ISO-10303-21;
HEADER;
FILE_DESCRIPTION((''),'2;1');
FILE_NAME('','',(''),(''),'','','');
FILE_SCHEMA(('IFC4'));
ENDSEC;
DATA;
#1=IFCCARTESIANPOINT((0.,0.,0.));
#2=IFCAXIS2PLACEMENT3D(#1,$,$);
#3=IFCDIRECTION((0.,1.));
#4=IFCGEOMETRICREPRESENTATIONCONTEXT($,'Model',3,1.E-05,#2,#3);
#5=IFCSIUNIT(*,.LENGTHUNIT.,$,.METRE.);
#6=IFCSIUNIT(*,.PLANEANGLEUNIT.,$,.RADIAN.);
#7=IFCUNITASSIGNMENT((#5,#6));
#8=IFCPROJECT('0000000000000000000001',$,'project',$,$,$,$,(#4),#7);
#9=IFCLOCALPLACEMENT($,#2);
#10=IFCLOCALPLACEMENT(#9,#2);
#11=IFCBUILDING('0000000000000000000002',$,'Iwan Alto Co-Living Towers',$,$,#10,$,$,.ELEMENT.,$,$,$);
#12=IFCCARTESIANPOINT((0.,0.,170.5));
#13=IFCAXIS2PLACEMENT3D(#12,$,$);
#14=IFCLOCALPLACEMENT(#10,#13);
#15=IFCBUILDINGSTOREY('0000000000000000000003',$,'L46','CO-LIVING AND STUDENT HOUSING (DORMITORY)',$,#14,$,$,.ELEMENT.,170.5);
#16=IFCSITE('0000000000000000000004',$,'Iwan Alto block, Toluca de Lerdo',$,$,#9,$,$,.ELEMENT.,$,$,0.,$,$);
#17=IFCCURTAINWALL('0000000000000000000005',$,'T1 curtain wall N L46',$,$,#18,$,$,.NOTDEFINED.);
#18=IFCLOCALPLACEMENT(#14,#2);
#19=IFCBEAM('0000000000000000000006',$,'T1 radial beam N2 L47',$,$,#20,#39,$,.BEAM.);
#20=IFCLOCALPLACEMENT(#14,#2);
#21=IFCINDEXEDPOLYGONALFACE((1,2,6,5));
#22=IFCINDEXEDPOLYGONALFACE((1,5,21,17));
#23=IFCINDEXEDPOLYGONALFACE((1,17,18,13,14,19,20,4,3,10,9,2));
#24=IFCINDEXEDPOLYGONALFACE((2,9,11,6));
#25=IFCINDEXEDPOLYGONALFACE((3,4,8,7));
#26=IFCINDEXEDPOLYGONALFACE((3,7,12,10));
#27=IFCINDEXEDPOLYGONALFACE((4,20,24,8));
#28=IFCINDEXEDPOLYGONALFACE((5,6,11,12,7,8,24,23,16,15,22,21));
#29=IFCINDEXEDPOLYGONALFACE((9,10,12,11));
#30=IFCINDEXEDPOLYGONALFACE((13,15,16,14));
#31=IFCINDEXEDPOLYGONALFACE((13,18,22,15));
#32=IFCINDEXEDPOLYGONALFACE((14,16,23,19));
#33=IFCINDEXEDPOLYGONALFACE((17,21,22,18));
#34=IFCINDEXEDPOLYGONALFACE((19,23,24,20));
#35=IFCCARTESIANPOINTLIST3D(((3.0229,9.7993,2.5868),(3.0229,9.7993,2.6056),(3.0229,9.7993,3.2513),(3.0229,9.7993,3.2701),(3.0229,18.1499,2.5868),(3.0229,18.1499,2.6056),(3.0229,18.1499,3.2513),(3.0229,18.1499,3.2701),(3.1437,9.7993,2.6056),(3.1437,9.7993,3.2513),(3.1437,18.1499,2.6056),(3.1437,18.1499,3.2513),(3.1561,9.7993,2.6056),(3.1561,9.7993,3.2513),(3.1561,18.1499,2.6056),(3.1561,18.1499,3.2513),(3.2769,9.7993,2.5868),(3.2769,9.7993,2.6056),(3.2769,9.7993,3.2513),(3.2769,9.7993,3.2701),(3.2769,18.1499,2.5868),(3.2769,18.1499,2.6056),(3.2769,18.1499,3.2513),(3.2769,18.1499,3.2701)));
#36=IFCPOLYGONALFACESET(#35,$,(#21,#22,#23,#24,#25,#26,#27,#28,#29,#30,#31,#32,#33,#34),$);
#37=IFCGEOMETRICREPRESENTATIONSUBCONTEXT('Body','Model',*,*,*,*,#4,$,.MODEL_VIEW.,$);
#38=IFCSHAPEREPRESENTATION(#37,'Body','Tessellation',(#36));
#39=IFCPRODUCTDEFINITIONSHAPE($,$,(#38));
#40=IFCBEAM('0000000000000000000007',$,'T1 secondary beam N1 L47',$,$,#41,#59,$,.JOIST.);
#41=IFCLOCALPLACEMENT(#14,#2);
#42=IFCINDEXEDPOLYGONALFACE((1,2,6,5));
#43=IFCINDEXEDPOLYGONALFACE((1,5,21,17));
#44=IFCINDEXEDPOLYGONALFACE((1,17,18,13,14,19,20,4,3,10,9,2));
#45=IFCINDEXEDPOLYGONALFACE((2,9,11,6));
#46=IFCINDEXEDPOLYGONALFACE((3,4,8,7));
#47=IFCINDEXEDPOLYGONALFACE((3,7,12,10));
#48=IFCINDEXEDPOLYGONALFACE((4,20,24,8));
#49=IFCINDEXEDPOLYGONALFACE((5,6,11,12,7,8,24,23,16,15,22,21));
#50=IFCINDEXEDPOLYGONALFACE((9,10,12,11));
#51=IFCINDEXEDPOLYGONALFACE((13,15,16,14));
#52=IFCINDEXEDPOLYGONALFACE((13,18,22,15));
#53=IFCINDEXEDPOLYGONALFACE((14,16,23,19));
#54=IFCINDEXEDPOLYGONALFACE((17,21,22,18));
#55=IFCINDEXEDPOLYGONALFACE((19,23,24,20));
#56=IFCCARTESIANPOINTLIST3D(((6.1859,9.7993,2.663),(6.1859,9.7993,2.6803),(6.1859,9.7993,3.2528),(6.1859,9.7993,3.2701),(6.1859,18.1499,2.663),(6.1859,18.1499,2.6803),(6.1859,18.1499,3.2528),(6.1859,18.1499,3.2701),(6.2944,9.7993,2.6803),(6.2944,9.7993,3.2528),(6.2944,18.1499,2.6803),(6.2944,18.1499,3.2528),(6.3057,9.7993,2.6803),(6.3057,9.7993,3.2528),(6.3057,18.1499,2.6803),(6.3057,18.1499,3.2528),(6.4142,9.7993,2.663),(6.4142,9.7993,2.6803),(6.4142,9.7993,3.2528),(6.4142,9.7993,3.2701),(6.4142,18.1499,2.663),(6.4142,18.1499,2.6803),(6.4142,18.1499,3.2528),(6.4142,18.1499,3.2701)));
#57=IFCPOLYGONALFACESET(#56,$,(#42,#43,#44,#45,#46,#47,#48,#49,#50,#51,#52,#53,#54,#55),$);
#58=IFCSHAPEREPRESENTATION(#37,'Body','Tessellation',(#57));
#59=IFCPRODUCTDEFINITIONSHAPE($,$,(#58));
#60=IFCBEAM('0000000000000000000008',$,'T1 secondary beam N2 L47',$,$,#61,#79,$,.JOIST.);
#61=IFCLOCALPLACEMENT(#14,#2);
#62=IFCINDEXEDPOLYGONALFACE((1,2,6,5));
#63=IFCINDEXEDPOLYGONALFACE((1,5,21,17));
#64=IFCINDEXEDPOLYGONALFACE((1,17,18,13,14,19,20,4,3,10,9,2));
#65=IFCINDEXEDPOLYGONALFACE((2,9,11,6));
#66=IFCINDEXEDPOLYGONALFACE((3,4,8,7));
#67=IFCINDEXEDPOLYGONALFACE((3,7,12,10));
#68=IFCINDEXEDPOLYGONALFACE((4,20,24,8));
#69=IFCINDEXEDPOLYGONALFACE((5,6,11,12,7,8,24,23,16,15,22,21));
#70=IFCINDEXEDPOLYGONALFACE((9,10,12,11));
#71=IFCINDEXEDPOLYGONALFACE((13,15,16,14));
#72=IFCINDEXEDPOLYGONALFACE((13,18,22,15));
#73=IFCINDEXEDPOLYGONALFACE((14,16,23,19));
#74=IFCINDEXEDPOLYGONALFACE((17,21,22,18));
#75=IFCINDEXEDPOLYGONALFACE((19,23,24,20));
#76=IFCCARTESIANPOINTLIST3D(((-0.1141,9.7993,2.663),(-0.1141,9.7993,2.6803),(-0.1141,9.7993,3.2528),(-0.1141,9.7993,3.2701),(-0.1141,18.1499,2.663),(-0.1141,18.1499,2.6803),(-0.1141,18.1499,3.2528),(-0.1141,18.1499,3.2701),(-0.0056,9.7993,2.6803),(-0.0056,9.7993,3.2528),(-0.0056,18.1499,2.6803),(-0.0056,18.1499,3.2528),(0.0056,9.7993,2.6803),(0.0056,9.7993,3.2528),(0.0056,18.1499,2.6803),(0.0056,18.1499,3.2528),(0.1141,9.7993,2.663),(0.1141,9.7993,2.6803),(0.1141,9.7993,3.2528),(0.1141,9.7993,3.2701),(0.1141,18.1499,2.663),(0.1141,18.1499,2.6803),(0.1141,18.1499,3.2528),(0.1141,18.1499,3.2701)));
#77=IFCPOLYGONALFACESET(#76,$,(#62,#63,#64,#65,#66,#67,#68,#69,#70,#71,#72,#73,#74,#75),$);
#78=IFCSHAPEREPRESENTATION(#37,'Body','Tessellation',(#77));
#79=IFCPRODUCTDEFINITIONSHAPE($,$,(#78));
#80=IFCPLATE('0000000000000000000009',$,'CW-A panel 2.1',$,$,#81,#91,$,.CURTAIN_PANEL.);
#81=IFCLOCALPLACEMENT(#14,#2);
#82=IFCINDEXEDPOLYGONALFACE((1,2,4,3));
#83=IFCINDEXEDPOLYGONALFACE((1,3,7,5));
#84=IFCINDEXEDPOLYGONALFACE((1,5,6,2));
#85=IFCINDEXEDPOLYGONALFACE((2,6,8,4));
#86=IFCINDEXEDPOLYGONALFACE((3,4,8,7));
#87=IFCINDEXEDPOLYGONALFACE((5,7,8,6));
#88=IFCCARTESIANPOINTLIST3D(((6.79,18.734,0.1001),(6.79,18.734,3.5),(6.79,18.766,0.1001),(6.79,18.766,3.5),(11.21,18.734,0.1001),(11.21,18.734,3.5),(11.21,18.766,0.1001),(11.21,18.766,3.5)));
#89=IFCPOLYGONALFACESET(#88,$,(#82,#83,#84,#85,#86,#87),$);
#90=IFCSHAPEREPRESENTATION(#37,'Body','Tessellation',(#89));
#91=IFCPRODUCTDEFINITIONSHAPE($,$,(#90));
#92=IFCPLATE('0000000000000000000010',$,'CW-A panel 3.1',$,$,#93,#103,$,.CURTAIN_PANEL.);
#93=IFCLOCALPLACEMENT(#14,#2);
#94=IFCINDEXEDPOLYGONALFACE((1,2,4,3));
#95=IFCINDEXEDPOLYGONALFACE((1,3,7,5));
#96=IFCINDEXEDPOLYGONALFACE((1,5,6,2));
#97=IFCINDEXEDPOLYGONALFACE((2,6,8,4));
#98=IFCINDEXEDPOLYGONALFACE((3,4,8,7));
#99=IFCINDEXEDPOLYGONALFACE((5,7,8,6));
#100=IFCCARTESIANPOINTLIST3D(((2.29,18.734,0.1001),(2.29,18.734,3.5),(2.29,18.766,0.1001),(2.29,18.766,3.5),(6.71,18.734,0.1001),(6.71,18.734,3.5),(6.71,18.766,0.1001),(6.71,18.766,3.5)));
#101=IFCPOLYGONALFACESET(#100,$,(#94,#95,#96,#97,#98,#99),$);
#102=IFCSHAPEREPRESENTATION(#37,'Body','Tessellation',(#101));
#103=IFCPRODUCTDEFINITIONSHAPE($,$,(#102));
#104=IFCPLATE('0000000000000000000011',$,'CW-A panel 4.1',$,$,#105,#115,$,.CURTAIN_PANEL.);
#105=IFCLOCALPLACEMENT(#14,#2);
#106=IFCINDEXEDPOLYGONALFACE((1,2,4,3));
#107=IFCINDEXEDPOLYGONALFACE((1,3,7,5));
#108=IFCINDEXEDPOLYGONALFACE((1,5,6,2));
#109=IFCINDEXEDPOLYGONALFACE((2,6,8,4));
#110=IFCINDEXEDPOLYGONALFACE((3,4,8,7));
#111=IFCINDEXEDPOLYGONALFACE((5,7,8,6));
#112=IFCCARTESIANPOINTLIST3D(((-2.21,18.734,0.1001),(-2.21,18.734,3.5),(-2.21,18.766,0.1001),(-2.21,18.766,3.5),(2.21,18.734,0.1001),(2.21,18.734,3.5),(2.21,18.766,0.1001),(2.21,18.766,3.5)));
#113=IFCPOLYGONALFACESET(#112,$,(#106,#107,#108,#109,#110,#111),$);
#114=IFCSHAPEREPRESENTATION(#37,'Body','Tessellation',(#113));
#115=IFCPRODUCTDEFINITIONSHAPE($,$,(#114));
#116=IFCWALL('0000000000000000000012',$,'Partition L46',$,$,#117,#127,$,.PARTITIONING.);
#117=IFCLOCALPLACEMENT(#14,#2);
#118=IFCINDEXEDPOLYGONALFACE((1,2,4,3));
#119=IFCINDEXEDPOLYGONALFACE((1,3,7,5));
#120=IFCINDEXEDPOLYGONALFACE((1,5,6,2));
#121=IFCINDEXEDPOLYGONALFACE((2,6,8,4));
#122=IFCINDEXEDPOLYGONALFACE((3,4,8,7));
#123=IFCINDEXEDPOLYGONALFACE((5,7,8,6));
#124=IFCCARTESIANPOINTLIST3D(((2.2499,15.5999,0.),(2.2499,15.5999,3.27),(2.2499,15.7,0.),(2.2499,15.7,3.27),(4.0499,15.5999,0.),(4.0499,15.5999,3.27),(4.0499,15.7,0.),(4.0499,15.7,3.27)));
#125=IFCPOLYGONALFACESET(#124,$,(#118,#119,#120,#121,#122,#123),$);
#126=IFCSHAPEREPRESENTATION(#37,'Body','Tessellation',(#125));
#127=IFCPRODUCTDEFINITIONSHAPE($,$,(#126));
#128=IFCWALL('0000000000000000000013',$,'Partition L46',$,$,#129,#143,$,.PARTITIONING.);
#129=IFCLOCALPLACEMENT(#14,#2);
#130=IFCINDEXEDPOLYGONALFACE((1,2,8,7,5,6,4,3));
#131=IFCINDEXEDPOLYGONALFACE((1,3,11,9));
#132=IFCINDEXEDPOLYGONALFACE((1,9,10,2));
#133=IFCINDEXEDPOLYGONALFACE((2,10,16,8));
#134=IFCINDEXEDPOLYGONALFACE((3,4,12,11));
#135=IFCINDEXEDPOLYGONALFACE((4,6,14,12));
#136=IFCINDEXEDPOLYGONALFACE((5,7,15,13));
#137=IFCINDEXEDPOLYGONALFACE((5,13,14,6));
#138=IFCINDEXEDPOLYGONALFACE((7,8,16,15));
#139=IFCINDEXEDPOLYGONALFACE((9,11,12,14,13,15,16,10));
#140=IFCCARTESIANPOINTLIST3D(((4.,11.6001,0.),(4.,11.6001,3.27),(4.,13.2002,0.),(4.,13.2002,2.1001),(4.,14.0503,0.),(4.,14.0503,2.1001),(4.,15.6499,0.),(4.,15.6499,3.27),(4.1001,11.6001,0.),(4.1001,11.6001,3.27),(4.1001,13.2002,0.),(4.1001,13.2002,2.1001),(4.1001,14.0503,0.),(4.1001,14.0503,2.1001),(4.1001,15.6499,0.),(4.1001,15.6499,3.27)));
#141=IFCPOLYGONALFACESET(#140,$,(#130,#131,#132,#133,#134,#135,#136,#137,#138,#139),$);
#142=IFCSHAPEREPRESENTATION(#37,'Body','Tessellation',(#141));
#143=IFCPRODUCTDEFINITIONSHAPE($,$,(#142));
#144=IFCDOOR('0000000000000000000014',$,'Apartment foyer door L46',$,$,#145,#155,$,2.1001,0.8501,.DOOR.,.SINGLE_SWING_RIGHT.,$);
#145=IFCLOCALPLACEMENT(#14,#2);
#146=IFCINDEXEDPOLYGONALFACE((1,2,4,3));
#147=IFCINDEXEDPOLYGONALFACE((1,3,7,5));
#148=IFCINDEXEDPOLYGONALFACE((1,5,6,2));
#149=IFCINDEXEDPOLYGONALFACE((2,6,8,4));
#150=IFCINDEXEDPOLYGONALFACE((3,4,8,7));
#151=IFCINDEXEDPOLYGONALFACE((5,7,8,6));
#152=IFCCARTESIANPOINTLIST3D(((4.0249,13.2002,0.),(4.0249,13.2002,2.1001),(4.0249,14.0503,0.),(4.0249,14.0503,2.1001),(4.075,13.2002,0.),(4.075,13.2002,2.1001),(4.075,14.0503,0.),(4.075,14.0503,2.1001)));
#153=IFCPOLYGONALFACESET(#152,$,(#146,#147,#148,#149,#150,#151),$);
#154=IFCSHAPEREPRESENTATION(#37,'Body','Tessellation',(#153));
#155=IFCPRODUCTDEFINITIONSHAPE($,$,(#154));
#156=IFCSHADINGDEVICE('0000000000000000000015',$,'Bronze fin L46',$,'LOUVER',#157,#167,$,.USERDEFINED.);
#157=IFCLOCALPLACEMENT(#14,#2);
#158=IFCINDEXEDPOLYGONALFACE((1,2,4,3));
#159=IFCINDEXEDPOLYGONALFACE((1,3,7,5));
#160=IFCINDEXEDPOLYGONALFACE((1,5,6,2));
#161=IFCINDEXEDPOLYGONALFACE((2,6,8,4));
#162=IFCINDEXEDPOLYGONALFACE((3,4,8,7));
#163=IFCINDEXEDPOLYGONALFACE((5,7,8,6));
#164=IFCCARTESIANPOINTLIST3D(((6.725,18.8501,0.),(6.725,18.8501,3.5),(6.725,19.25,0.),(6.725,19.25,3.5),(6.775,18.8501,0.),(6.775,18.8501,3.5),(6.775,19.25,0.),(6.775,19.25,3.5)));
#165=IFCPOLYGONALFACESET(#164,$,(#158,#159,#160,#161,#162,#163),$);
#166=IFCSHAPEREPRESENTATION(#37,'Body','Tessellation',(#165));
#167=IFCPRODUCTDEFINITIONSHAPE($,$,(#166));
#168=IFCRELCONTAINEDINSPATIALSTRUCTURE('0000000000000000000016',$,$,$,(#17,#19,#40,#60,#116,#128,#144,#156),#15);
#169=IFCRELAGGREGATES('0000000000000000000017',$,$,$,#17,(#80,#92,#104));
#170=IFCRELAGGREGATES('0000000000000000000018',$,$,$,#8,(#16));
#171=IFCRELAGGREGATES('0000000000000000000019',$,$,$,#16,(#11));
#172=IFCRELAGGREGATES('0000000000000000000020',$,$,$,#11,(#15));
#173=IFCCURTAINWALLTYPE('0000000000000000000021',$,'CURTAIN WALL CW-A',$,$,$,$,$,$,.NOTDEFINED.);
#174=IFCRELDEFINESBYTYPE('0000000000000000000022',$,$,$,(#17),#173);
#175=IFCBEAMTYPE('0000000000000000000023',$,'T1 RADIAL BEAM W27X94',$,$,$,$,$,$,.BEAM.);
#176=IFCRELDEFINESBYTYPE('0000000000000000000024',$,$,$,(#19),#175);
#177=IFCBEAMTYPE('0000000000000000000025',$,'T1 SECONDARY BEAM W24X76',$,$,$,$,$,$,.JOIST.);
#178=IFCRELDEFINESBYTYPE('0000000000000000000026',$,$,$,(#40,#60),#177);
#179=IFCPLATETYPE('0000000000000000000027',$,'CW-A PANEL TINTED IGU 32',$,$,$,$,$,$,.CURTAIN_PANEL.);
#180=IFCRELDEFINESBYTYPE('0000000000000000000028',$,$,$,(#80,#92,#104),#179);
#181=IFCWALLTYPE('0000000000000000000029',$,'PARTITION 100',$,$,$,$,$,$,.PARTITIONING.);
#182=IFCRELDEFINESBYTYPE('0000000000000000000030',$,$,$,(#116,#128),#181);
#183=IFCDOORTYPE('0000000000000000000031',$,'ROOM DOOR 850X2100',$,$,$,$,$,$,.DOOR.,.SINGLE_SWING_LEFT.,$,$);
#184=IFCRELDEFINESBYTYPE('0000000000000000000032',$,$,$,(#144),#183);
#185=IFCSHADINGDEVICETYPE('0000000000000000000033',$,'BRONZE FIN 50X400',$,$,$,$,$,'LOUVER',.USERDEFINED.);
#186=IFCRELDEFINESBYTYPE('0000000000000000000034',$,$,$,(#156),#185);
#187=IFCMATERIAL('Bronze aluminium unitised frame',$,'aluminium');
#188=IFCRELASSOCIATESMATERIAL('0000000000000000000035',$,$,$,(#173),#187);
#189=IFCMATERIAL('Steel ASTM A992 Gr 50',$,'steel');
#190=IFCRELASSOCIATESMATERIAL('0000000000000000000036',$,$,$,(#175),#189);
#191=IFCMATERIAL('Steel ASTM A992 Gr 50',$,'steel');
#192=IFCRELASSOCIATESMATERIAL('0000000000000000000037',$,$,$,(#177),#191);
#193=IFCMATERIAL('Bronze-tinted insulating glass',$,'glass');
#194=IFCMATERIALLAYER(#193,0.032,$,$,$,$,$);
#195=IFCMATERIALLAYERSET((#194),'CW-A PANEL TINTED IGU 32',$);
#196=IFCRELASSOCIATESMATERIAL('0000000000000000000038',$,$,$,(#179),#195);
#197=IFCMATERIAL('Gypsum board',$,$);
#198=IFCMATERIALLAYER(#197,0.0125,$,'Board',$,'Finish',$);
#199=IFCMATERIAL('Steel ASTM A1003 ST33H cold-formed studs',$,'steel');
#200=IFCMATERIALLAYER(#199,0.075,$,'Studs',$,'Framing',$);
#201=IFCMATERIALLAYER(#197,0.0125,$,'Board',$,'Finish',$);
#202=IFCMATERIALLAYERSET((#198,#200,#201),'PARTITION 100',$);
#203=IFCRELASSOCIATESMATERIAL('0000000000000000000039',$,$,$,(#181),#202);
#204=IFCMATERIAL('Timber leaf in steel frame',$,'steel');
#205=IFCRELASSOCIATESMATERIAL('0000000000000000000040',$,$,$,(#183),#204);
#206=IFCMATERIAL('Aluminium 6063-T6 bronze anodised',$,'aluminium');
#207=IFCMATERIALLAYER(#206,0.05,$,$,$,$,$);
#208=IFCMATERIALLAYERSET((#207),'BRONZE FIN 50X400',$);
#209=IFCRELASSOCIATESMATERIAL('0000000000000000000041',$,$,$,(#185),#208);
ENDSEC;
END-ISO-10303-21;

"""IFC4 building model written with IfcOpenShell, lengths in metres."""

from ifc_helpers import new_model, si_unit, direction, frame, frame_2d, origin, origin_2d, place, context, subcontext, project, spatial, rectangle, i_section, extrude, material, layer, layer_set, material_profile, profile_set, type_object, element, fill, aggregate, save


model = new_model("IFC4")

# Units and contexts
model_context = context("Model", 3, precision=1e-05, world=origin(), true_north=direction((0.0, 1.0)))
body_context = subcontext(model_context, "Body", "Model", "MODEL_VIEW")
ifc_project = project(units=[si_unit("LENGTHUNIT", "METRE"), si_unit("PLANEANGLEUNIT", "RADIAN")], contexts=[model_context])

# Site, building, storey
site_placement = place(None, origin())
site = spatial("IfcSite", under=ifc_project, at=site_placement, Name="Iwan Alto block, Toluca de Lerdo", CompositionType="ELEMENT", RefElevation=0.0)
building_placement = place(site_placement, origin())
building = spatial("IfcBuilding", under=site, at=building_placement, Name="Iwan Alto Co-Living Towers", CompositionType="ELEMENT")
storey_placement = place(building_placement, frame((0.0, 0.0, 170.5)))
storey = spatial("IfcBuildingStorey", under=building, at=storey_placement, Name="L46", Description="CO-LIVING AND STUDENT HOUSING (DORMITORY)", CompositionType="ELEMENT", Elevation=170.5)

# Curtain wall
ifc_material_1 = material(Name="Bronze aluminium unitised frame", Category="aluminium")
curtain_wall_type = type_object("IfcCurtainWallType", Name="CURTAIN WALL CW-A", PredefinedType="NOTDEFINED", material=ifc_material_1)
curtain_wall_placement = place(storey_placement, origin())
curtain_wall = element("IfcCurtainWall", 1, at=curtain_wall_placement, inside=storey, type_object=curtain_wall_type, Name="T1 curtain wall N L46", PredefinedType="NOTDEFINED")

# Beams
ifc_material_2 = material(Name="Steel ASTM A992 Gr 50", Category="steel")
ifc_material_profile_1 = material_profile(ifc_material_2, i_section(OverallWidth=0.2539, OverallDepth=0.6833, WebThickness=0.0125, FlangeThickness=0.0188, at=origin_2d()), Name="W27X94")
ifc_profile_set_1 = profile_set([ifc_material_profile_1], Name="Steel ASTM A992 Gr 50")
beam_type_1 = type_object("IfcBeamType", Name="T1 RADIAL BEAM W27X94", PredefinedType="BEAM", material=ifc_profile_set_1)
for number, where, z_axis, x_axis, name in (
    (2, (3.1499, 18.1499, 2.9285), (0.0, -1.0, 0.0), (1.0, 0.0, 0.0), "T1 radial beam N2 L47"),
):
    element("IfcBeam", number, at=place(storey_placement, frame(where, z_axis=z_axis, x_axis=x_axis)), inside=storey, type_object=beam_type_1, Name=name, PredefinedType="BEAM", context=body_context, shape_type="SweptSolid", body=[
        extrude(i_section(OverallWidth=0.2539, OverallDepth=0.6833, WebThickness=0.0125, FlangeThickness=0.0188, at=origin_2d()), origin(), (0.0, 0.0, 1.0), 8.3506),
    ])
ifc_material_3 = material(Name="Steel ASTM A992 Gr 50", Category="steel")
ifc_material_profile_2 = material_profile(ifc_material_3, i_section(OverallWidth=0.2283, OverallDepth=0.6072, WebThickness=0.0112, FlangeThickness=0.0173, at=origin_2d()), Name="W24X76")
ifc_profile_set_2 = profile_set([ifc_material_profile_2], Name="Steel ASTM A992 Gr 50")
beam_type_2 = type_object("IfcBeamType", Name="T1 SECONDARY BEAM W24X76", PredefinedType="JOIST", material=ifc_profile_set_2)
for number, where, z_axis, x_axis, name in (
    (3, (6.3, 18.1499, 2.9666), (0.0, -1.0, 0.0), (1.0, 0.0, 0.0), "T1 secondary beam N1 L47"),
    (4, (0.0, 18.1499, 2.9666), (0.0, -1.0, 0.0), (1.0, 0.0, 0.0), "T1 secondary beam N2 L47"),
):
    element("IfcBeam", number, at=place(storey_placement, frame(where, z_axis=z_axis, x_axis=x_axis)), inside=storey, type_object=beam_type_2, Name=name, PredefinedType="JOIST", context=body_context, shape_type="SweptSolid", body=[
        extrude(i_section(OverallWidth=0.2283, OverallDepth=0.6072, WebThickness=0.0112, FlangeThickness=0.0173, at=origin_2d()), origin(), (0.0, 0.0, 1.0), 8.3506),
    ])

# Plates
ifc_material_4 = material(Name="Bronze-tinted insulating glass", Category="glass")
ifc_layer_1 = layer(ifc_material_4, 0.032)
ifc_layer_set_1 = layer_set([ifc_layer_1], Name="CW-A PANEL TINTED IGU 32")
plate_type = type_object("IfcPlateType", Name="CW-A PANEL TINTED IGU 32", PredefinedType="CURTAIN_PANEL", material=ifc_layer_set_1)
plate_1_placement = place(storey_placement, frame((9.0, 18.75, 0.1001), z_axis=(0.0, 0.0, 1.0), x_axis=(-1.0, 0.0, 0.0)))
plate_1 = element("IfcPlate", 5, at=plate_1_placement, type_object=plate_type, Name="CW-A panel 2.1", PredefinedType="CURTAIN_PANEL", context=body_context, shape_type="SweptSolid", body=[
    extrude(rectangle(XDim=4.4199, YDim=0.032, at=origin_2d()), origin(), (0.0, 0.0, 1.0), 3.3999),
])
plate_2_placement = place(storey_placement, frame((4.5, 18.75, 0.1001), z_axis=(0.0, 0.0, 1.0), x_axis=(-1.0, 0.0, 0.0)))
plate_2 = element("IfcPlate", 6, at=plate_2_placement, type_object=plate_type, Name="CW-A panel 3.1", PredefinedType="CURTAIN_PANEL", context=body_context, shape_type="SweptSolid", body=[
    extrude(rectangle(XDim=4.4199, YDim=0.032, at=origin_2d()), origin(), (0.0, 0.0, 1.0), 3.3999),
])
plate_3_placement = place(storey_placement, frame((0.0, 18.75, 0.1001), z_axis=(0.0, 0.0, 1.0), x_axis=(-1.0, 0.0, 0.0)))
plate_3 = element("IfcPlate", 7, at=plate_3_placement, type_object=plate_type, Name="CW-A panel 4.1", PredefinedType="CURTAIN_PANEL", context=body_context, shape_type="SweptSolid", body=[
    extrude(rectangle(XDim=4.4199, YDim=0.032, at=origin_2d()), origin(), (0.0, 0.0, 1.0), 3.3999),
])
aggregate(curtain_wall, [plate_1, plate_2, plate_3])

# Wall
ifc_material_5 = material(Name="Gypsum board")
ifc_layer_2 = layer(ifc_material_5, 0.0125, Name="Board", Category="Finish")
ifc_material_6 = material(Name="Steel ASTM A1003 ST33H cold-formed studs", Category="steel")
ifc_layer_3 = layer(ifc_material_6, 0.075, Name="Studs", Category="Framing")
ifc_layer_4 = layer(ifc_material_5, 0.0125, Name="Board", Category="Finish")
ifc_layer_set_2 = layer_set([ifc_layer_2, ifc_layer_3, ifc_layer_4], Name="PARTITION 100")
wall_type = type_object("IfcWallType", Name="PARTITION 100", PredefinedType="PARTITIONING", material=ifc_layer_set_2)
wall_1_placement = place(storey_placement, frame((2.25, 15.6499, 0.0), z_axis=(0.0, 0.0, 1.0), x_axis=(1.0, 0.0, 0.0)))
element("IfcWall", 8, at=wall_1_placement, inside=storey, type_object=wall_type, Name="Partition L46", PredefinedType="PARTITIONING", context=body_context, shape_type="SweptSolid", body=[
    extrude(rectangle(XDim=1.8, YDim=0.1001, at=frame_2d((0.8999, 0.0))), origin(), (0.0, 0.0, 1.0), 3.27),
])

# Wall, opening, door
wall_2_placement = place(storey_placement, frame((4.05, 11.6001, 0.0), z_axis=(0.0, 0.0, 1.0), x_axis=(0.0, 1.0, 0.0)))
wall_2 = element("IfcWall", 9, at=wall_2_placement, inside=storey, type_object=wall_type, Name="Partition L46", PredefinedType="PARTITIONING", context=body_context, shape_type="SweptSolid", body=[
    extrude(rectangle(XDim=4.0498, YDim=0.1001, at=frame_2d((2.0249, 0.0))), origin(), (0.0, 0.0, 1.0), 3.27),
])
opening_placement = place(wall_2_placement, frame((1.6001, 0.0, 0.0)))
opening = element("IfcOpeningElement", 10, at=opening_placement, cuts=wall_2, PredefinedType="OPENING", context=body_context, shape_type="SweptSolid", body=[
    extrude(rectangle(XDim=0.8501, YDim=2.1001, at=frame_2d((0.425, 1.05))), frame((0.0, 0.0601, 0.0), z_axis=(0.0, -1.0, 0.0), x_axis=(1.0, 0.0, 0.0)), (0.0, 0.0, 1.0), 0.1201),
])
ifc_material_7 = material(Name="Timber leaf in steel frame", Category="steel")
door_type = type_object("IfcDoorType", Name="ROOM DOOR 850X2100", OperationType="SINGLE_SWING_LEFT", PredefinedType="DOOR", material=ifc_material_7)
door_placement = place(opening_placement, frame((0.8501, 0.0, 0.0), z_axis=(0.0, 0.0, 1.0), x_axis=(-1.0, 0.0, 0.0)))
door = element("IfcDoor", 11, at=door_placement, inside=storey, type_object=door_type, Name="Apartment foyer door L46", OperationType="SINGLE_SWING_RIGHT", OverallHeight=2.1001, OverallWidth=0.8501, PredefinedType="DOOR", context=body_context, shape_type="SweptSolid", body=[
    extrude(rectangle(XDim=0.8501, YDim=2.1001, at=frame_2d((0.425, 1.05))), frame((0.0, 0.0249, 0.0), z_axis=(0.0, -1.0, 0.0), x_axis=(1.0, 0.0, 0.0)), (0.0, 0.0, 1.0), 0.05),
])
fill(opening, door)

# Shading device
ifc_material_8 = material(Name="Aluminium 6063-T6 bronze anodised", Category="aluminium")
ifc_layer_5 = layer(ifc_material_8, 0.05)
ifc_layer_set_3 = layer_set([ifc_layer_5], Name="BRONZE FIN 50X400")
shading_device_type = type_object("IfcShadingDeviceType", Name="BRONZE FIN 50X400", ElementType="LOUVER", PredefinedType="USERDEFINED", material=ifc_layer_set_3)
shading_device_placement = place(storey_placement, frame((6.75, 19.05, 0.0), z_axis=(0.0, 0.0, 1.0), x_axis=(-1.0, 0.0, 0.0)))
element("IfcShadingDevice", 12, at=shading_device_placement, inside=storey, type_object=shading_device_type, Name="Bronze fin L46", ObjectType="LOUVER", PredefinedType="USERDEFINED", context=body_context, shape_type="SweptSolid", body=[
    extrude(rectangle(XDim=0.05, YDim=0.3999, at=origin_2d()), origin(), (0.0, 0.0, 1.0), 3.5),
])

save(model, "model.ifc")
